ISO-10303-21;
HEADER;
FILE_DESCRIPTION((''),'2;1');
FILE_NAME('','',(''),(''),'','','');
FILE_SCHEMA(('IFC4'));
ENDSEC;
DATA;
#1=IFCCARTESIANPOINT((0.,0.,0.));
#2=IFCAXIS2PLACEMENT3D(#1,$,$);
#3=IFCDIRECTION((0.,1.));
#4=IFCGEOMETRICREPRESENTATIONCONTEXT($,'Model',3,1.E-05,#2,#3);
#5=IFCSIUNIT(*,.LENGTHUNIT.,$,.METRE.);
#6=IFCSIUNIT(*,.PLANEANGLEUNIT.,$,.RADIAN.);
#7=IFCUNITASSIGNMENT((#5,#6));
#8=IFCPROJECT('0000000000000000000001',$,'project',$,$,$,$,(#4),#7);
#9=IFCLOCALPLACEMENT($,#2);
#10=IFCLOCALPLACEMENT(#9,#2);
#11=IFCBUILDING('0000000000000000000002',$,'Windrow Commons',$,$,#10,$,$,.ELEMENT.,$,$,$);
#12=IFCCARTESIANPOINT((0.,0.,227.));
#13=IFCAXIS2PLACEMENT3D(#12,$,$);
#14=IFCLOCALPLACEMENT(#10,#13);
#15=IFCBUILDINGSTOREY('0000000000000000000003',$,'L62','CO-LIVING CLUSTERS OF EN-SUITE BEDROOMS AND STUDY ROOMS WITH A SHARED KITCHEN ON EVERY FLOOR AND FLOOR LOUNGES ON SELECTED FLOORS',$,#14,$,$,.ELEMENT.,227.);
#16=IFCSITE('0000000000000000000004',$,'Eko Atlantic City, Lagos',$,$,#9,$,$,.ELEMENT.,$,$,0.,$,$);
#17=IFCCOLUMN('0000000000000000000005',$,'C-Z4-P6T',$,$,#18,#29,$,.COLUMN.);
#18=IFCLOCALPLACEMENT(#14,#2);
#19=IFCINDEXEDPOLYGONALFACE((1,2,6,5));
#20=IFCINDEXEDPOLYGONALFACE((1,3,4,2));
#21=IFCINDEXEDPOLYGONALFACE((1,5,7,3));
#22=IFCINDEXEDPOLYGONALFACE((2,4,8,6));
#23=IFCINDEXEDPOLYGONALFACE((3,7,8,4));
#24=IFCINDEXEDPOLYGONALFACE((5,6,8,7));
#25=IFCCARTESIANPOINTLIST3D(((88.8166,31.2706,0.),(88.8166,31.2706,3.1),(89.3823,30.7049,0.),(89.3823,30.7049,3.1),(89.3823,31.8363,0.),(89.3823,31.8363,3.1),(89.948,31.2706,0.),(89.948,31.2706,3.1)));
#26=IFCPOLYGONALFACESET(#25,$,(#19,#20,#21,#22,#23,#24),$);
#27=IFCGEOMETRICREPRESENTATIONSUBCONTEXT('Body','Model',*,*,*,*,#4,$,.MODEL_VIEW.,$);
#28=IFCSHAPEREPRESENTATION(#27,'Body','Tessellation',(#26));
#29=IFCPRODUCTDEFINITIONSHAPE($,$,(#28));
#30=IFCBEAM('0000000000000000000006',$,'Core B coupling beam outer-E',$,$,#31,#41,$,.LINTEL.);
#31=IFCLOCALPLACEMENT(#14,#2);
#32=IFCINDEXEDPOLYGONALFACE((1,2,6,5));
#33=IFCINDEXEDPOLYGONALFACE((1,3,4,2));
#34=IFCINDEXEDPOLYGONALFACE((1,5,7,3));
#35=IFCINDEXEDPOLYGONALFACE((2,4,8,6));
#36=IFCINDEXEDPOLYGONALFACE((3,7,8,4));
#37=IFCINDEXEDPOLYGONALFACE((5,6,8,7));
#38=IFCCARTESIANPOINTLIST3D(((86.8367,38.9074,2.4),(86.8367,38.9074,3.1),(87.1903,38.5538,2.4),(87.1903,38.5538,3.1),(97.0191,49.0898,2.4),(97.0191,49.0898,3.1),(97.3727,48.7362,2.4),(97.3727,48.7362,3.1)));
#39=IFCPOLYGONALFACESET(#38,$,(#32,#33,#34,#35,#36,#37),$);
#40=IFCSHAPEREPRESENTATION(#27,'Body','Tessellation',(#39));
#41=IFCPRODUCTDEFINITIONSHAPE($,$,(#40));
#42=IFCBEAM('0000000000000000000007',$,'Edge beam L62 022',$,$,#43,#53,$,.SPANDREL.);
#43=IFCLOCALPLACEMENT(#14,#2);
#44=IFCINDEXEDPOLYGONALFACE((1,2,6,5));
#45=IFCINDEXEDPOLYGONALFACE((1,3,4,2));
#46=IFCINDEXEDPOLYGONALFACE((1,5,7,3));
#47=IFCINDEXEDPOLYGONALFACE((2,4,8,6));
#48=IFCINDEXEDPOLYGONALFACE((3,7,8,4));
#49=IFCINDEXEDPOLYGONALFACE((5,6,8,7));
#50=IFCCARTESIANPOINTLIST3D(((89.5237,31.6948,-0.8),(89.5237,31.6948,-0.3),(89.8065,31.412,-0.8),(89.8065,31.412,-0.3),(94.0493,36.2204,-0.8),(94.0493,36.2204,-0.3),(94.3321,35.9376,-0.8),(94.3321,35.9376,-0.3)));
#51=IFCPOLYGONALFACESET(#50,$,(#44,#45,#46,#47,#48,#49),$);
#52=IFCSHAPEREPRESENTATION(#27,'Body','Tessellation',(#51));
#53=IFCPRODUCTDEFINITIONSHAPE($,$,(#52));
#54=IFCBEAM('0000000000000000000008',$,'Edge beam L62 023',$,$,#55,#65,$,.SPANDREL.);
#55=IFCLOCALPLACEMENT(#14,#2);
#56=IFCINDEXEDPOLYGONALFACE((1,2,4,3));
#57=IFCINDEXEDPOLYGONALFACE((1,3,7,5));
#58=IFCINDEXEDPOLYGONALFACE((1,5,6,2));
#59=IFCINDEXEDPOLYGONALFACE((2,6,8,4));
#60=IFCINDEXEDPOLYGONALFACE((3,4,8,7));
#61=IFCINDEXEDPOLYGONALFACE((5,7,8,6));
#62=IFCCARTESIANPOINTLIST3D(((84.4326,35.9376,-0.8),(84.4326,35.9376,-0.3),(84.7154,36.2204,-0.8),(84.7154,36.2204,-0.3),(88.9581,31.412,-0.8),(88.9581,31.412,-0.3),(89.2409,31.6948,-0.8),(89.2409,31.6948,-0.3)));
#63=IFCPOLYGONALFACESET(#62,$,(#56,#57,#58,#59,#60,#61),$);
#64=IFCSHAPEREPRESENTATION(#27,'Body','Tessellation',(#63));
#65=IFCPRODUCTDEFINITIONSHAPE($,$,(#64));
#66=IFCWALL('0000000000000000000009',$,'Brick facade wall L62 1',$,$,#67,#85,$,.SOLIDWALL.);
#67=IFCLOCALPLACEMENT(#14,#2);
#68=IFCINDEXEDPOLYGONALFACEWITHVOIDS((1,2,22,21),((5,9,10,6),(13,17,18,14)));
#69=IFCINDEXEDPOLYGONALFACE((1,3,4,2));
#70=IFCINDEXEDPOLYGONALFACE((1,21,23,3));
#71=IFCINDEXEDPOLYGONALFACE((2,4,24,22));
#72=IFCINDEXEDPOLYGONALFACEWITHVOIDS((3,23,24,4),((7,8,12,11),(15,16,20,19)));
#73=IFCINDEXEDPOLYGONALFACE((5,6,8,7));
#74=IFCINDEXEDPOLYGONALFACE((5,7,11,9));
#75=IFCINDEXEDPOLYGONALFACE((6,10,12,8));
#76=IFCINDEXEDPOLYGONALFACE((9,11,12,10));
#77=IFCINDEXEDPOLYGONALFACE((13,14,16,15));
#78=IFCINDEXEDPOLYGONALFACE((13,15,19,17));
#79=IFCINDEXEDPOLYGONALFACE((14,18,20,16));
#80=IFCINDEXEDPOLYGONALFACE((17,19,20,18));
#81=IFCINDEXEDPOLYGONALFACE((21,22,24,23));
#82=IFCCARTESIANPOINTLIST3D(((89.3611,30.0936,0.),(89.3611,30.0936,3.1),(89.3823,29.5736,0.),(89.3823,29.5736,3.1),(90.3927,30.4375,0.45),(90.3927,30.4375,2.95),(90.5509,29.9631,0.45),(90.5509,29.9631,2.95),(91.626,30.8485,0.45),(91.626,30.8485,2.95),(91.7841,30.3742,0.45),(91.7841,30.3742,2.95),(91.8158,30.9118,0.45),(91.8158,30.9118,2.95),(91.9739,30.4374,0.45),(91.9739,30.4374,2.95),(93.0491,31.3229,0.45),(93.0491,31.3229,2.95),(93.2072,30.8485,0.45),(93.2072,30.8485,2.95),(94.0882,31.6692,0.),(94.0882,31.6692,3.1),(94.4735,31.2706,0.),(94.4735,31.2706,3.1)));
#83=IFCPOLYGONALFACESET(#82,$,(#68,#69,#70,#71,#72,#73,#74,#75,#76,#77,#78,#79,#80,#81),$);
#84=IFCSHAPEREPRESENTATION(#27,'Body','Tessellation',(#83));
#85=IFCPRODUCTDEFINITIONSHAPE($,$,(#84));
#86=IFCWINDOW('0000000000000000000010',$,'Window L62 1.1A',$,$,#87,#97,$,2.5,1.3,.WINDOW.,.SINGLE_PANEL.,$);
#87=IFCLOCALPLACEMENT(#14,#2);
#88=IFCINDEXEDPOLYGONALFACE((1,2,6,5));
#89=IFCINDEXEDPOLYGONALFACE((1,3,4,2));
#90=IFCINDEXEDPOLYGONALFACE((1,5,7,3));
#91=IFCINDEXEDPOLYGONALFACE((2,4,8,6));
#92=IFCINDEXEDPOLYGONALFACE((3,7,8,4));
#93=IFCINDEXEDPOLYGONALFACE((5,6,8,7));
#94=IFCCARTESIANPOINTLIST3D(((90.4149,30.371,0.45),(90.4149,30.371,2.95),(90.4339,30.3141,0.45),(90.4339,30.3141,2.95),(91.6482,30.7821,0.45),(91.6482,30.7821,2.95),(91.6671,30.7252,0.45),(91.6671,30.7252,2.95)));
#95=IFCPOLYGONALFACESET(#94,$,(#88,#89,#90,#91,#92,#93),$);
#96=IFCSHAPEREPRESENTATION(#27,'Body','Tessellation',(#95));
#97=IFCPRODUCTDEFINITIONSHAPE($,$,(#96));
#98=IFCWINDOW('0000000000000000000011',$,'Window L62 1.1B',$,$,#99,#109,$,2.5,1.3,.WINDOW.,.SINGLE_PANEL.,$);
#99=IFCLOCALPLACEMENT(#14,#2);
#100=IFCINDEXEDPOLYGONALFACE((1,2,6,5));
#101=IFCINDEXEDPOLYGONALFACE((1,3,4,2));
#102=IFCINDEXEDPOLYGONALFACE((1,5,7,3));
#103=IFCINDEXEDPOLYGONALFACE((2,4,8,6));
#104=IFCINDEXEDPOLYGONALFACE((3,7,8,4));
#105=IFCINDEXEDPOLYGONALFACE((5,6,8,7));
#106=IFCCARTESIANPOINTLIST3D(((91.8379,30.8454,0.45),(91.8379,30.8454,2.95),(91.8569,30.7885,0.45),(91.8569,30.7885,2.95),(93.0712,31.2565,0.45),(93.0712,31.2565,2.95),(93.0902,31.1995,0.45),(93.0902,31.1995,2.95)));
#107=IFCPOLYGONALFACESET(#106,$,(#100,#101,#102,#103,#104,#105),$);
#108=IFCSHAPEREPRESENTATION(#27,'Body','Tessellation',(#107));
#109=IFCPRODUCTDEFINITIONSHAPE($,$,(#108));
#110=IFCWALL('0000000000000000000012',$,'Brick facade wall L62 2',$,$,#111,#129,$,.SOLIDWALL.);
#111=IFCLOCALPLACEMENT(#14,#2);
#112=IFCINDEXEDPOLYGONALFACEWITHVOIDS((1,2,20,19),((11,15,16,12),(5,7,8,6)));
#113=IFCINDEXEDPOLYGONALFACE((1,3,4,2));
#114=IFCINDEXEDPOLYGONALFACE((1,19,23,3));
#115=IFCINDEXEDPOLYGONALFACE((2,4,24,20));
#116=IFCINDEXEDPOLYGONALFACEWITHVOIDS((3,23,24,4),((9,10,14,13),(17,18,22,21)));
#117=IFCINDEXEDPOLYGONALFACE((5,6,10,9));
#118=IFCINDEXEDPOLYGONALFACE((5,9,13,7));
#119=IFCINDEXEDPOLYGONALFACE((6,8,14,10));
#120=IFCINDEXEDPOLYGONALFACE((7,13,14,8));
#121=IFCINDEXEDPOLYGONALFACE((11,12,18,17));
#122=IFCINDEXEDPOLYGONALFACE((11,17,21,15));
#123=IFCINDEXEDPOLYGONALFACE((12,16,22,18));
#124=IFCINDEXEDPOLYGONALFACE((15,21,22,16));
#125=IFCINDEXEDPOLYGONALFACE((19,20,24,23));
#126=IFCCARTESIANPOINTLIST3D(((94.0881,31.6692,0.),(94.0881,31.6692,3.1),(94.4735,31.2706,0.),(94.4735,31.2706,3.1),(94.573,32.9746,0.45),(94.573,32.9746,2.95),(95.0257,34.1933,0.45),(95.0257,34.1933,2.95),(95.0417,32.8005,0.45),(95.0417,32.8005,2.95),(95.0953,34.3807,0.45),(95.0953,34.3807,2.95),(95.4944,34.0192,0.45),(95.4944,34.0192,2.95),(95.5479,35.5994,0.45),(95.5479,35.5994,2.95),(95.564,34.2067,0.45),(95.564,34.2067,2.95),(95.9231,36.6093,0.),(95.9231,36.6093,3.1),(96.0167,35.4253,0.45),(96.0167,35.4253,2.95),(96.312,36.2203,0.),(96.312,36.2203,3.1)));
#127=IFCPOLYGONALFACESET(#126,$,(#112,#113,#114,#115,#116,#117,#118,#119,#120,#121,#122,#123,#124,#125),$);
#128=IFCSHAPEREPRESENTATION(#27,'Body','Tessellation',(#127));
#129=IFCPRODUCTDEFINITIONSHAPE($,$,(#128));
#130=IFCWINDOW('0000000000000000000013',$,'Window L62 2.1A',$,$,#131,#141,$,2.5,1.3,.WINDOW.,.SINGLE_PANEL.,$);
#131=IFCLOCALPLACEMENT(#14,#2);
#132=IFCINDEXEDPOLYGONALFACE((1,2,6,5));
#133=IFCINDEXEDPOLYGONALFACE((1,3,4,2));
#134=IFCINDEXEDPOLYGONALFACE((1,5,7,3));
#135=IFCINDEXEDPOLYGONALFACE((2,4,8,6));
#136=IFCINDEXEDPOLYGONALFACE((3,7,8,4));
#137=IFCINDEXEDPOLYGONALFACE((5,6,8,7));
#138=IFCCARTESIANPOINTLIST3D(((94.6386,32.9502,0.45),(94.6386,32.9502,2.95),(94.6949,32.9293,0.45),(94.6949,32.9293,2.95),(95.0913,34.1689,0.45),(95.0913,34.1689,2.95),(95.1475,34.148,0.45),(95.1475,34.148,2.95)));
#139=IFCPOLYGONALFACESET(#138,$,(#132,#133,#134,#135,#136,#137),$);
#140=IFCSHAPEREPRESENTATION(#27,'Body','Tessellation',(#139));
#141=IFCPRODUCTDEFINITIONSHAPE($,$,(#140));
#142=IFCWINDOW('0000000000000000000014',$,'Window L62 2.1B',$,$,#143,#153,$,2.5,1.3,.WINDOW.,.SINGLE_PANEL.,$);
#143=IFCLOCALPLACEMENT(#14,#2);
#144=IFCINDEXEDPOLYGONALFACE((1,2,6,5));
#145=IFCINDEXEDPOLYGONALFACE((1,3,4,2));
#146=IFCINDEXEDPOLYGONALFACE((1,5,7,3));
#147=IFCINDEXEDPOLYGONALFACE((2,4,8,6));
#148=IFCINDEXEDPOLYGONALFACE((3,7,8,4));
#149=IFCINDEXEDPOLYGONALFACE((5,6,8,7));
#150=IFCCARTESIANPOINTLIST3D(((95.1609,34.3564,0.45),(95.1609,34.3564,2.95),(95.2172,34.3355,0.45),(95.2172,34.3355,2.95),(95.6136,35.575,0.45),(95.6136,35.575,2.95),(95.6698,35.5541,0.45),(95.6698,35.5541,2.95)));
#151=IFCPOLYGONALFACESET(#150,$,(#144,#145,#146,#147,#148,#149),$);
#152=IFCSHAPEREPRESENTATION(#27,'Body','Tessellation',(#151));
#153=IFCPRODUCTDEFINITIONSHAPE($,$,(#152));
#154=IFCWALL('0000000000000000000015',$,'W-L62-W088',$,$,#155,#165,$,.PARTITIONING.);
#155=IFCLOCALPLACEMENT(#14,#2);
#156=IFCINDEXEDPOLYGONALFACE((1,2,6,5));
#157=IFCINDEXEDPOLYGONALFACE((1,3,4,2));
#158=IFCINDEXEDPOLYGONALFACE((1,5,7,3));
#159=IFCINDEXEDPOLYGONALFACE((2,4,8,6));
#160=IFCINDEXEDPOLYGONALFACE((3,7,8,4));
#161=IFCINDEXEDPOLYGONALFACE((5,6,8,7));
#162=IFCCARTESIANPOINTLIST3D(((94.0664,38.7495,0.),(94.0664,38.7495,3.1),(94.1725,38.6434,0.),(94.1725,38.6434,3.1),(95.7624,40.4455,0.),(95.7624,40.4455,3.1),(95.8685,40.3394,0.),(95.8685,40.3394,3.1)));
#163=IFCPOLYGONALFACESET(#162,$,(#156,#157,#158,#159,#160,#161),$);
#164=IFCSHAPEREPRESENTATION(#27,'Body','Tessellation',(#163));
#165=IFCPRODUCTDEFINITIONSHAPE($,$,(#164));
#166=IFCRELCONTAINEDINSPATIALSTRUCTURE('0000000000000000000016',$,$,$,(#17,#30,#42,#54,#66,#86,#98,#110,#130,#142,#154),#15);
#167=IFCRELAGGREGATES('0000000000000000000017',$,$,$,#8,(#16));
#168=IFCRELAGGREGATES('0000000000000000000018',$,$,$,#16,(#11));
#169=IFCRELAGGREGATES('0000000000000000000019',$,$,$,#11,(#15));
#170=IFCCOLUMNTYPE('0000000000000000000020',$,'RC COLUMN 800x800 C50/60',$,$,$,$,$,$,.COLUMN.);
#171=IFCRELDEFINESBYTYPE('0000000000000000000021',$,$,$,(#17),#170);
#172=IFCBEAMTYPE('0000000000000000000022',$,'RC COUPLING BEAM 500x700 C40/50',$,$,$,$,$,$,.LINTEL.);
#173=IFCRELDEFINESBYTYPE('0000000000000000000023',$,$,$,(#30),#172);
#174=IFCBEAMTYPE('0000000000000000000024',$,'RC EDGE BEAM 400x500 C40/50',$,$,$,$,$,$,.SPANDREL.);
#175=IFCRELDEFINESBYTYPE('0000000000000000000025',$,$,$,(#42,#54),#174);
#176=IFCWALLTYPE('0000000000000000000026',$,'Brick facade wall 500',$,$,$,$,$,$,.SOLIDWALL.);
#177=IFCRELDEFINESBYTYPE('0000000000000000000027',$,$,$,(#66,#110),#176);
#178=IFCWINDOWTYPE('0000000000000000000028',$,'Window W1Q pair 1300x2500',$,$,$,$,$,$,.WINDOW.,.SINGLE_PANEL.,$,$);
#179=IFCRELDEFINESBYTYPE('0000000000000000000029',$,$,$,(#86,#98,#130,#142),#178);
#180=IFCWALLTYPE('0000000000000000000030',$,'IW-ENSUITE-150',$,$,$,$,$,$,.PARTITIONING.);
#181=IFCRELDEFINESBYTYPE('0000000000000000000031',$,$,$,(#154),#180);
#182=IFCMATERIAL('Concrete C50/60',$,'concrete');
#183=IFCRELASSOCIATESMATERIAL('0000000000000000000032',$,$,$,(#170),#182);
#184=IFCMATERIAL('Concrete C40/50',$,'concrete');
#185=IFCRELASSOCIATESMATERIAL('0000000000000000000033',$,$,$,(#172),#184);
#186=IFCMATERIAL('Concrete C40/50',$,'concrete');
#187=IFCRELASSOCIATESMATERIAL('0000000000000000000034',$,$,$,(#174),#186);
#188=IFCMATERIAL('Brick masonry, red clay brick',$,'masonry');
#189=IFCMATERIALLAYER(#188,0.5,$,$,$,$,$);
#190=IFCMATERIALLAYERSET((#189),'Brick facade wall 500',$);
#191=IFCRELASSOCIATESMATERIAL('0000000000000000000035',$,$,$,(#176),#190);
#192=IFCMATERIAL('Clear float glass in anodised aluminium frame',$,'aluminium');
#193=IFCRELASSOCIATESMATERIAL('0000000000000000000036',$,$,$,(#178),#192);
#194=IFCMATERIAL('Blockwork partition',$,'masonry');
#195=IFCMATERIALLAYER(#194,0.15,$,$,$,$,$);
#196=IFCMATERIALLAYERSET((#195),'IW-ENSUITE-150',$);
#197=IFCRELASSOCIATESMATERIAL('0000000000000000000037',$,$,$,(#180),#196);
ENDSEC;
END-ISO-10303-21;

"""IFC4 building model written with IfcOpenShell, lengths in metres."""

from ifc_helpers import new_model, si_unit, direction, frame, frame_2d, origin, origin_2d, place, context, subcontext, project, spatial, polyline, rectangle, outline, extrude, material, layer, layer_set, material_profile, profile_set, type_object, element, fill, save


model = new_model("IFC4")

# Units and contexts
model_context = context("Model", 3, precision=1e-05, world=origin(), true_north=direction((0.0, 1.0)))
body_context = subcontext(model_context, "Body", "Model", "MODEL_VIEW")
ifc_project = project(units=[si_unit("LENGTHUNIT", "METRE"), si_unit("PLANEANGLEUNIT", "RADIAN")], contexts=[model_context])

# Site, building, storey
site_placement = place(None, origin())
site = spatial("IfcSite", under=ifc_project, at=site_placement, Name="Eko Atlantic City, Lagos", CompositionType="ELEMENT", RefElevation=0.0)
building_placement = place(site_placement, origin())
building = spatial("IfcBuilding", under=site, at=building_placement, Name="Windrow Commons", CompositionType="ELEMENT")
storey_placement = place(building_placement, frame((0.0, 0.0, 227.0)))
storey = spatial("IfcBuildingStorey", under=building, at=storey_placement, Name="L62", Description="CO-LIVING CLUSTERS OF EN-SUITE BEDROOMS AND STUDY ROOMS WITH A SHARED KITCHEN ON EVERY FLOOR AND FLOOR LOUNGES ON SELECTED FLOORS", CompositionType="ELEMENT", Elevation=227.0)

# Column
ifc_material_1 = material(Name="Concrete C50/60", Category="concrete")
ifc_material_profile_1 = material_profile(ifc_material_1, rectangle(XDim=0.8, YDim=0.8, at=origin_2d()))
ifc_profile_set_1 = profile_set([ifc_material_profile_1], Name="Concrete C50/60")
column_type = type_object("IfcColumnType", Name="RC COLUMN 800x800 C50/60", PredefinedType="COLUMN", material=ifc_profile_set_1)
column_placement = place(storey_placement, frame((89.3823, 31.2706, 0.0), z_axis=(0.0, 0.0, 1.0), x_axis=(0.707107, -0.707107, 0.0)))
element("IfcColumn", 1, at=column_placement, inside=storey, type_object=column_type, Name="C-Z4-P6T", PredefinedType="COLUMN", context=body_context, shape_type="SweptSolid", body=[
    extrude(rectangle(XDim=0.8, YDim=0.8, at=origin_2d()), origin(), (0.0, 0.0, 1.0), 3.1),
])

# Beams
ifc_material_2 = material(Name="Concrete C40/50", Category="concrete")
ifc_material_profile_2 = material_profile(ifc_material_2, rectangle(XDim=0.5, YDim=0.7, at=origin_2d()))
ifc_profile_set_2 = profile_set([ifc_material_profile_2], Name="Concrete C40/50")
beam_type_1 = type_object("IfcBeamType", Name="RC COUPLING BEAM 500x700 C40/50", PredefinedType="LINTEL", material=ifc_profile_set_2)
beam_1_placement = place(storey_placement, frame((87.0135, 38.7306, 2.75), z_axis=(0.707107, 0.707107, 0.0), x_axis=(-0.707107, 0.707107, 0.0)))
element("IfcBeam", 2, at=beam_1_placement, inside=storey, type_object=beam_type_1, Name="Core B coupling beam outer-E", PredefinedType="LINTEL", context=body_context, shape_type="SweptSolid", body=[
    extrude(rectangle(XDim=0.5, YDim=0.7, at=origin_2d()), origin(), (0.0, 0.0, 1.0), 14.4001),
])
ifc_material_3 = material(Name="Concrete C40/50", Category="concrete")
ifc_material_profile_3 = material_profile(ifc_material_3, rectangle(XDim=0.4, YDim=0.5, at=origin_2d()))
ifc_profile_set_3 = profile_set([ifc_material_profile_3], Name="Concrete C40/50")
beam_type_2 = type_object("IfcBeamType", Name="RC EDGE BEAM 400x500 C40/50", PredefinedType="SPANDREL", material=ifc_profile_set_3)
beam_2_placement = place(storey_placement, frame((94.1907, 36.079, -0.55), z_axis=(-0.707107, -0.707107, 0.0), x_axis=(0.707107, -0.707107, 0.0)))
element("IfcBeam", 3, at=beam_2_placement, inside=storey, type_object=beam_type_2, Name="Edge beam L62 022", PredefinedType="SPANDREL", context=body_context, shape_type="SweptSolid", body=[
    extrude(rectangle(XDim=0.4, YDim=0.5, at=origin_2d()), origin(), (0.0, 0.0, 1.0), 6.4002),
])
beam_3_placement = place(storey_placement, frame((89.0995, 31.5534, -0.55), z_axis=(-0.707099, 0.707115, 0.0), x_axis=(-0.707115, -0.707099, 0.0)))
element("IfcBeam", 4, at=beam_3_placement, inside=storey, type_object=beam_type_2, Name="Edge beam L62 023", PredefinedType="SPANDREL", context=body_context, shape_type="SweptSolid", body=[
    extrude(rectangle(XDim=0.4, YDim=0.5, at=origin_2d()), origin(), (0.0, 0.0, 1.0), 6.4001),
])

# Walls, openings, windows
ifc_material_4 = material(Name="Brick masonry, red clay brick", Category="masonry")
ifc_layer_1 = layer(ifc_material_4, 0.5)
ifc_layer_set_1 = layer_set([ifc_layer_1], Name="Brick facade wall 500")
wall_type_1 = type_object("IfcWallType", Name="Brick facade wall 500", PredefinedType="SOLIDWALL", material=ifc_layer_set_1)
wall_1_placement = place(storey_placement, frame((89.3717, 29.8336, 0.0), z_axis=(0.0, 0.0, 1.0), x_axis=(0.948687, 0.316216, 0.0)))
wall_1 = element("IfcWall", 5, at=wall_1_placement, inside=storey, type_object=wall_type_1, Name="Brick facade wall L62 1", PredefinedType="SOLIDWALL", context=body_context, shape_type="SweptSolid", body=[
    extrude(outline(polyline([(-0.0722, -0.25), (5.2944, -0.25), (5.0549, 0.25), (0.0722, 0.25), (-0.0722, -0.25)])), origin(), (0.0, 0.0, 1.0), 3.1),
])
opening_1_placement = place(wall_1_placement, frame((1.1596, 0.0, 0.45)))
opening_1 = element("IfcOpeningElement", 6, at=opening_1_placement, cuts=wall_1, PredefinedType="OPENING", context=body_context, shape_type="SweptSolid", body=[
    extrude(rectangle(XDim=1.3, YDim=2.5, at=frame_2d((0.65, 1.25))), frame((0.0, 0.26, 0.0), z_axis=(0.0, -1.0, 0.0), x_axis=(1.0, 0.0, 0.0)), (0.0, 0.0, 1.0), 0.52),
])
opening_2_placement = place(wall_1_placement, frame((2.6596, 0.0, 0.45)))
opening_2 = element("IfcOpeningElement", 7, at=opening_2_placement, cuts=wall_1, PredefinedType="OPENING", context=body_context, shape_type="SweptSolid", body=[
    extrude(rectangle(XDim=1.3, YDim=2.5, at=frame_2d((0.65, 1.25))), frame((0.0, 0.26, 0.0), z_axis=(0.0, -1.0, 0.0), x_axis=(1.0, 0.0, 0.0)), (0.0, 0.0, 1.0), 0.52),
])
ifc_material_5 = material(Name="Clear float glass in anodised aluminium frame", Category="aluminium")
window_type = type_object("IfcWindowType", Name="Window W1Q pair 1300x2500", PartitioningType="SINGLE_PANEL", PredefinedType="WINDOW", material=ifc_material_5)
window_1_placement = place(opening_1_placement, origin())
window_1 = element("IfcWindow", 8, at=window_1_placement, inside=storey, type_object=window_type, Name="Window L62 1.1A", OverallHeight=2.5, OverallWidth=1.3, PartitioningType="SINGLE_PANEL", PredefinedType="WINDOW", context=body_context, shape_type="SweptSolid", body=[
    extrude(rectangle(XDim=1.3, YDim=2.5, at=frame_2d((0.65, 1.25))), frame((0.0, 0.18, 0.0), z_axis=(0.0, -1.0, 0.0), x_axis=(1.0, 0.0, 0.0)), (0.0, 0.0, 1.0), 0.06),
])
fill(opening_1, window_1)
window_2_placement = place(opening_2_placement, origin())
window_2 = element("IfcWindow", 9, at=window_2_placement, inside=storey, type_object=window_type, Name="Window L62 1.1B", OverallHeight=2.5, OverallWidth=1.3, PartitioningType="SINGLE_PANEL", PredefinedType="WINDOW", context=body_context, shape_type="SweptSolid", body=[
    extrude(rectangle(XDim=1.3, YDim=2.5, at=frame_2d((0.65, 1.25))), frame((0.0, 0.18, 0.0), z_axis=(0.0, -1.0, 0.0), x_axis=(1.0, 0.0, 0.0)), (0.0, 0.0, 1.0), 0.06),
])
fill(opening_2, window_2)
wall_2_placement = place(storey_placement, frame((94.2808, 31.4699, 0.0), z_axis=(0.0, 0.0, 1.0), x_axis=(0.34819, 0.937424, 0.0)))
wall_2 = element("IfcWall", 10, at=wall_2_placement, inside=storey, type_object=wall_type_1, Name="Brick facade wall L62 2", PredefinedType="SOLIDWALL", context=body_context, shape_type="SweptSolid", body=[
    extrude(outline(polyline([(-0.1197, -0.25), (5.1604, -0.25), (5.3896, 0.25), (0.1197, 0.25), (-0.1197, -0.25)])), origin(), (0.0, 0.0, 1.0), 3.1),
])
opening_3_placement = place(wall_2_placement, frame((1.5123, 0.0, 0.45)))
opening_3 = element("IfcOpeningElement", 11, at=opening_3_placement, cuts=wall_2, PredefinedType="OPENING", context=body_context, shape_type="SweptSolid", body=[
    extrude(rectangle(XDim=1.3, YDim=2.5, at=frame_2d((0.65, 1.25))), frame((0.0, 0.26, 0.0), z_axis=(0.0, -1.0, 0.0), x_axis=(1.0, 0.0, 0.0)), (0.0, 0.0, 1.0), 0.52),
])
opening_4_placement = place(wall_2_placement, frame((3.0123, 0.0, 0.45)))
opening_4 = element("IfcOpeningElement", 12, at=opening_4_placement, cuts=wall_2, PredefinedType="OPENING", context=body_context, shape_type="SweptSolid", body=[
    extrude(rectangle(XDim=1.3, YDim=2.5, at=frame_2d((0.65, 1.25))), frame((0.0, 0.26, 0.0), z_axis=(0.0, -1.0, 0.0), x_axis=(1.0, 0.0, 0.0)), (0.0, 0.0, 1.0), 0.52),
])
window_3_placement = place(opening_3_placement, origin())
window_3 = element("IfcWindow", 13, at=window_3_placement, inside=storey, type_object=window_type, Name="Window L62 2.1A", OverallHeight=2.5, OverallWidth=1.3, PartitioningType="SINGLE_PANEL", PredefinedType="WINDOW", context=body_context, shape_type="SweptSolid", body=[
    extrude(rectangle(XDim=1.3, YDim=2.5, at=frame_2d((0.65, 1.25))), frame((0.0, 0.18, 0.0), z_axis=(0.0, -1.0, 0.0), x_axis=(1.0, 0.0, 0.0)), (0.0, 0.0, 1.0), 0.06),
])
fill(opening_3, window_3)
window_4_placement = place(opening_4_placement, origin())
window_4 = element("IfcWindow", 14, at=window_4_placement, inside=storey, type_object=window_type, Name="Window L62 2.1B", OverallHeight=2.5, OverallWidth=1.3, PartitioningType="SINGLE_PANEL", PredefinedType="WINDOW", context=body_context, shape_type="SweptSolid", body=[
    extrude(rectangle(XDim=1.3, YDim=2.5, at=frame_2d((0.65, 1.25))), frame((0.0, 0.18, 0.0), z_axis=(0.0, -1.0, 0.0), x_axis=(1.0, 0.0, 0.0)), (0.0, 0.0, 1.0), 0.06),
])
fill(opening_4, window_4)

# Wall
ifc_material_6 = material(Name="Blockwork partition", Category="masonry")
ifc_layer_2 = layer(ifc_material_6, 0.15)
ifc_layer_set_2 = layer_set([ifc_layer_2], Name="IW-ENSUITE-150")
wall_type_2 = type_object("IfcWallType", Name="IW-ENSUITE-150", PredefinedType="PARTITIONING", material=ifc_layer_set_2)
wall_3_placement = place(storey_placement, frame((94.1195, 38.6965, 0.0), z_axis=(0.0, 0.0, 1.0), x_axis=(0.707107, 0.707107, 0.0)))
element("IfcWall", 15, at=wall_3_placement, inside=storey, type_object=wall_type_2, Name="W-L62-W088", PredefinedType="PARTITIONING", context=body_context, shape_type="SweptSolid", body=[
    extrude(rectangle(XDim=2.3985, YDim=0.15, at=frame_2d((1.1992, 0.0))), origin(), (0.0, 0.0, 1.0), 3.1),
])

save(model, "model.ifc")
